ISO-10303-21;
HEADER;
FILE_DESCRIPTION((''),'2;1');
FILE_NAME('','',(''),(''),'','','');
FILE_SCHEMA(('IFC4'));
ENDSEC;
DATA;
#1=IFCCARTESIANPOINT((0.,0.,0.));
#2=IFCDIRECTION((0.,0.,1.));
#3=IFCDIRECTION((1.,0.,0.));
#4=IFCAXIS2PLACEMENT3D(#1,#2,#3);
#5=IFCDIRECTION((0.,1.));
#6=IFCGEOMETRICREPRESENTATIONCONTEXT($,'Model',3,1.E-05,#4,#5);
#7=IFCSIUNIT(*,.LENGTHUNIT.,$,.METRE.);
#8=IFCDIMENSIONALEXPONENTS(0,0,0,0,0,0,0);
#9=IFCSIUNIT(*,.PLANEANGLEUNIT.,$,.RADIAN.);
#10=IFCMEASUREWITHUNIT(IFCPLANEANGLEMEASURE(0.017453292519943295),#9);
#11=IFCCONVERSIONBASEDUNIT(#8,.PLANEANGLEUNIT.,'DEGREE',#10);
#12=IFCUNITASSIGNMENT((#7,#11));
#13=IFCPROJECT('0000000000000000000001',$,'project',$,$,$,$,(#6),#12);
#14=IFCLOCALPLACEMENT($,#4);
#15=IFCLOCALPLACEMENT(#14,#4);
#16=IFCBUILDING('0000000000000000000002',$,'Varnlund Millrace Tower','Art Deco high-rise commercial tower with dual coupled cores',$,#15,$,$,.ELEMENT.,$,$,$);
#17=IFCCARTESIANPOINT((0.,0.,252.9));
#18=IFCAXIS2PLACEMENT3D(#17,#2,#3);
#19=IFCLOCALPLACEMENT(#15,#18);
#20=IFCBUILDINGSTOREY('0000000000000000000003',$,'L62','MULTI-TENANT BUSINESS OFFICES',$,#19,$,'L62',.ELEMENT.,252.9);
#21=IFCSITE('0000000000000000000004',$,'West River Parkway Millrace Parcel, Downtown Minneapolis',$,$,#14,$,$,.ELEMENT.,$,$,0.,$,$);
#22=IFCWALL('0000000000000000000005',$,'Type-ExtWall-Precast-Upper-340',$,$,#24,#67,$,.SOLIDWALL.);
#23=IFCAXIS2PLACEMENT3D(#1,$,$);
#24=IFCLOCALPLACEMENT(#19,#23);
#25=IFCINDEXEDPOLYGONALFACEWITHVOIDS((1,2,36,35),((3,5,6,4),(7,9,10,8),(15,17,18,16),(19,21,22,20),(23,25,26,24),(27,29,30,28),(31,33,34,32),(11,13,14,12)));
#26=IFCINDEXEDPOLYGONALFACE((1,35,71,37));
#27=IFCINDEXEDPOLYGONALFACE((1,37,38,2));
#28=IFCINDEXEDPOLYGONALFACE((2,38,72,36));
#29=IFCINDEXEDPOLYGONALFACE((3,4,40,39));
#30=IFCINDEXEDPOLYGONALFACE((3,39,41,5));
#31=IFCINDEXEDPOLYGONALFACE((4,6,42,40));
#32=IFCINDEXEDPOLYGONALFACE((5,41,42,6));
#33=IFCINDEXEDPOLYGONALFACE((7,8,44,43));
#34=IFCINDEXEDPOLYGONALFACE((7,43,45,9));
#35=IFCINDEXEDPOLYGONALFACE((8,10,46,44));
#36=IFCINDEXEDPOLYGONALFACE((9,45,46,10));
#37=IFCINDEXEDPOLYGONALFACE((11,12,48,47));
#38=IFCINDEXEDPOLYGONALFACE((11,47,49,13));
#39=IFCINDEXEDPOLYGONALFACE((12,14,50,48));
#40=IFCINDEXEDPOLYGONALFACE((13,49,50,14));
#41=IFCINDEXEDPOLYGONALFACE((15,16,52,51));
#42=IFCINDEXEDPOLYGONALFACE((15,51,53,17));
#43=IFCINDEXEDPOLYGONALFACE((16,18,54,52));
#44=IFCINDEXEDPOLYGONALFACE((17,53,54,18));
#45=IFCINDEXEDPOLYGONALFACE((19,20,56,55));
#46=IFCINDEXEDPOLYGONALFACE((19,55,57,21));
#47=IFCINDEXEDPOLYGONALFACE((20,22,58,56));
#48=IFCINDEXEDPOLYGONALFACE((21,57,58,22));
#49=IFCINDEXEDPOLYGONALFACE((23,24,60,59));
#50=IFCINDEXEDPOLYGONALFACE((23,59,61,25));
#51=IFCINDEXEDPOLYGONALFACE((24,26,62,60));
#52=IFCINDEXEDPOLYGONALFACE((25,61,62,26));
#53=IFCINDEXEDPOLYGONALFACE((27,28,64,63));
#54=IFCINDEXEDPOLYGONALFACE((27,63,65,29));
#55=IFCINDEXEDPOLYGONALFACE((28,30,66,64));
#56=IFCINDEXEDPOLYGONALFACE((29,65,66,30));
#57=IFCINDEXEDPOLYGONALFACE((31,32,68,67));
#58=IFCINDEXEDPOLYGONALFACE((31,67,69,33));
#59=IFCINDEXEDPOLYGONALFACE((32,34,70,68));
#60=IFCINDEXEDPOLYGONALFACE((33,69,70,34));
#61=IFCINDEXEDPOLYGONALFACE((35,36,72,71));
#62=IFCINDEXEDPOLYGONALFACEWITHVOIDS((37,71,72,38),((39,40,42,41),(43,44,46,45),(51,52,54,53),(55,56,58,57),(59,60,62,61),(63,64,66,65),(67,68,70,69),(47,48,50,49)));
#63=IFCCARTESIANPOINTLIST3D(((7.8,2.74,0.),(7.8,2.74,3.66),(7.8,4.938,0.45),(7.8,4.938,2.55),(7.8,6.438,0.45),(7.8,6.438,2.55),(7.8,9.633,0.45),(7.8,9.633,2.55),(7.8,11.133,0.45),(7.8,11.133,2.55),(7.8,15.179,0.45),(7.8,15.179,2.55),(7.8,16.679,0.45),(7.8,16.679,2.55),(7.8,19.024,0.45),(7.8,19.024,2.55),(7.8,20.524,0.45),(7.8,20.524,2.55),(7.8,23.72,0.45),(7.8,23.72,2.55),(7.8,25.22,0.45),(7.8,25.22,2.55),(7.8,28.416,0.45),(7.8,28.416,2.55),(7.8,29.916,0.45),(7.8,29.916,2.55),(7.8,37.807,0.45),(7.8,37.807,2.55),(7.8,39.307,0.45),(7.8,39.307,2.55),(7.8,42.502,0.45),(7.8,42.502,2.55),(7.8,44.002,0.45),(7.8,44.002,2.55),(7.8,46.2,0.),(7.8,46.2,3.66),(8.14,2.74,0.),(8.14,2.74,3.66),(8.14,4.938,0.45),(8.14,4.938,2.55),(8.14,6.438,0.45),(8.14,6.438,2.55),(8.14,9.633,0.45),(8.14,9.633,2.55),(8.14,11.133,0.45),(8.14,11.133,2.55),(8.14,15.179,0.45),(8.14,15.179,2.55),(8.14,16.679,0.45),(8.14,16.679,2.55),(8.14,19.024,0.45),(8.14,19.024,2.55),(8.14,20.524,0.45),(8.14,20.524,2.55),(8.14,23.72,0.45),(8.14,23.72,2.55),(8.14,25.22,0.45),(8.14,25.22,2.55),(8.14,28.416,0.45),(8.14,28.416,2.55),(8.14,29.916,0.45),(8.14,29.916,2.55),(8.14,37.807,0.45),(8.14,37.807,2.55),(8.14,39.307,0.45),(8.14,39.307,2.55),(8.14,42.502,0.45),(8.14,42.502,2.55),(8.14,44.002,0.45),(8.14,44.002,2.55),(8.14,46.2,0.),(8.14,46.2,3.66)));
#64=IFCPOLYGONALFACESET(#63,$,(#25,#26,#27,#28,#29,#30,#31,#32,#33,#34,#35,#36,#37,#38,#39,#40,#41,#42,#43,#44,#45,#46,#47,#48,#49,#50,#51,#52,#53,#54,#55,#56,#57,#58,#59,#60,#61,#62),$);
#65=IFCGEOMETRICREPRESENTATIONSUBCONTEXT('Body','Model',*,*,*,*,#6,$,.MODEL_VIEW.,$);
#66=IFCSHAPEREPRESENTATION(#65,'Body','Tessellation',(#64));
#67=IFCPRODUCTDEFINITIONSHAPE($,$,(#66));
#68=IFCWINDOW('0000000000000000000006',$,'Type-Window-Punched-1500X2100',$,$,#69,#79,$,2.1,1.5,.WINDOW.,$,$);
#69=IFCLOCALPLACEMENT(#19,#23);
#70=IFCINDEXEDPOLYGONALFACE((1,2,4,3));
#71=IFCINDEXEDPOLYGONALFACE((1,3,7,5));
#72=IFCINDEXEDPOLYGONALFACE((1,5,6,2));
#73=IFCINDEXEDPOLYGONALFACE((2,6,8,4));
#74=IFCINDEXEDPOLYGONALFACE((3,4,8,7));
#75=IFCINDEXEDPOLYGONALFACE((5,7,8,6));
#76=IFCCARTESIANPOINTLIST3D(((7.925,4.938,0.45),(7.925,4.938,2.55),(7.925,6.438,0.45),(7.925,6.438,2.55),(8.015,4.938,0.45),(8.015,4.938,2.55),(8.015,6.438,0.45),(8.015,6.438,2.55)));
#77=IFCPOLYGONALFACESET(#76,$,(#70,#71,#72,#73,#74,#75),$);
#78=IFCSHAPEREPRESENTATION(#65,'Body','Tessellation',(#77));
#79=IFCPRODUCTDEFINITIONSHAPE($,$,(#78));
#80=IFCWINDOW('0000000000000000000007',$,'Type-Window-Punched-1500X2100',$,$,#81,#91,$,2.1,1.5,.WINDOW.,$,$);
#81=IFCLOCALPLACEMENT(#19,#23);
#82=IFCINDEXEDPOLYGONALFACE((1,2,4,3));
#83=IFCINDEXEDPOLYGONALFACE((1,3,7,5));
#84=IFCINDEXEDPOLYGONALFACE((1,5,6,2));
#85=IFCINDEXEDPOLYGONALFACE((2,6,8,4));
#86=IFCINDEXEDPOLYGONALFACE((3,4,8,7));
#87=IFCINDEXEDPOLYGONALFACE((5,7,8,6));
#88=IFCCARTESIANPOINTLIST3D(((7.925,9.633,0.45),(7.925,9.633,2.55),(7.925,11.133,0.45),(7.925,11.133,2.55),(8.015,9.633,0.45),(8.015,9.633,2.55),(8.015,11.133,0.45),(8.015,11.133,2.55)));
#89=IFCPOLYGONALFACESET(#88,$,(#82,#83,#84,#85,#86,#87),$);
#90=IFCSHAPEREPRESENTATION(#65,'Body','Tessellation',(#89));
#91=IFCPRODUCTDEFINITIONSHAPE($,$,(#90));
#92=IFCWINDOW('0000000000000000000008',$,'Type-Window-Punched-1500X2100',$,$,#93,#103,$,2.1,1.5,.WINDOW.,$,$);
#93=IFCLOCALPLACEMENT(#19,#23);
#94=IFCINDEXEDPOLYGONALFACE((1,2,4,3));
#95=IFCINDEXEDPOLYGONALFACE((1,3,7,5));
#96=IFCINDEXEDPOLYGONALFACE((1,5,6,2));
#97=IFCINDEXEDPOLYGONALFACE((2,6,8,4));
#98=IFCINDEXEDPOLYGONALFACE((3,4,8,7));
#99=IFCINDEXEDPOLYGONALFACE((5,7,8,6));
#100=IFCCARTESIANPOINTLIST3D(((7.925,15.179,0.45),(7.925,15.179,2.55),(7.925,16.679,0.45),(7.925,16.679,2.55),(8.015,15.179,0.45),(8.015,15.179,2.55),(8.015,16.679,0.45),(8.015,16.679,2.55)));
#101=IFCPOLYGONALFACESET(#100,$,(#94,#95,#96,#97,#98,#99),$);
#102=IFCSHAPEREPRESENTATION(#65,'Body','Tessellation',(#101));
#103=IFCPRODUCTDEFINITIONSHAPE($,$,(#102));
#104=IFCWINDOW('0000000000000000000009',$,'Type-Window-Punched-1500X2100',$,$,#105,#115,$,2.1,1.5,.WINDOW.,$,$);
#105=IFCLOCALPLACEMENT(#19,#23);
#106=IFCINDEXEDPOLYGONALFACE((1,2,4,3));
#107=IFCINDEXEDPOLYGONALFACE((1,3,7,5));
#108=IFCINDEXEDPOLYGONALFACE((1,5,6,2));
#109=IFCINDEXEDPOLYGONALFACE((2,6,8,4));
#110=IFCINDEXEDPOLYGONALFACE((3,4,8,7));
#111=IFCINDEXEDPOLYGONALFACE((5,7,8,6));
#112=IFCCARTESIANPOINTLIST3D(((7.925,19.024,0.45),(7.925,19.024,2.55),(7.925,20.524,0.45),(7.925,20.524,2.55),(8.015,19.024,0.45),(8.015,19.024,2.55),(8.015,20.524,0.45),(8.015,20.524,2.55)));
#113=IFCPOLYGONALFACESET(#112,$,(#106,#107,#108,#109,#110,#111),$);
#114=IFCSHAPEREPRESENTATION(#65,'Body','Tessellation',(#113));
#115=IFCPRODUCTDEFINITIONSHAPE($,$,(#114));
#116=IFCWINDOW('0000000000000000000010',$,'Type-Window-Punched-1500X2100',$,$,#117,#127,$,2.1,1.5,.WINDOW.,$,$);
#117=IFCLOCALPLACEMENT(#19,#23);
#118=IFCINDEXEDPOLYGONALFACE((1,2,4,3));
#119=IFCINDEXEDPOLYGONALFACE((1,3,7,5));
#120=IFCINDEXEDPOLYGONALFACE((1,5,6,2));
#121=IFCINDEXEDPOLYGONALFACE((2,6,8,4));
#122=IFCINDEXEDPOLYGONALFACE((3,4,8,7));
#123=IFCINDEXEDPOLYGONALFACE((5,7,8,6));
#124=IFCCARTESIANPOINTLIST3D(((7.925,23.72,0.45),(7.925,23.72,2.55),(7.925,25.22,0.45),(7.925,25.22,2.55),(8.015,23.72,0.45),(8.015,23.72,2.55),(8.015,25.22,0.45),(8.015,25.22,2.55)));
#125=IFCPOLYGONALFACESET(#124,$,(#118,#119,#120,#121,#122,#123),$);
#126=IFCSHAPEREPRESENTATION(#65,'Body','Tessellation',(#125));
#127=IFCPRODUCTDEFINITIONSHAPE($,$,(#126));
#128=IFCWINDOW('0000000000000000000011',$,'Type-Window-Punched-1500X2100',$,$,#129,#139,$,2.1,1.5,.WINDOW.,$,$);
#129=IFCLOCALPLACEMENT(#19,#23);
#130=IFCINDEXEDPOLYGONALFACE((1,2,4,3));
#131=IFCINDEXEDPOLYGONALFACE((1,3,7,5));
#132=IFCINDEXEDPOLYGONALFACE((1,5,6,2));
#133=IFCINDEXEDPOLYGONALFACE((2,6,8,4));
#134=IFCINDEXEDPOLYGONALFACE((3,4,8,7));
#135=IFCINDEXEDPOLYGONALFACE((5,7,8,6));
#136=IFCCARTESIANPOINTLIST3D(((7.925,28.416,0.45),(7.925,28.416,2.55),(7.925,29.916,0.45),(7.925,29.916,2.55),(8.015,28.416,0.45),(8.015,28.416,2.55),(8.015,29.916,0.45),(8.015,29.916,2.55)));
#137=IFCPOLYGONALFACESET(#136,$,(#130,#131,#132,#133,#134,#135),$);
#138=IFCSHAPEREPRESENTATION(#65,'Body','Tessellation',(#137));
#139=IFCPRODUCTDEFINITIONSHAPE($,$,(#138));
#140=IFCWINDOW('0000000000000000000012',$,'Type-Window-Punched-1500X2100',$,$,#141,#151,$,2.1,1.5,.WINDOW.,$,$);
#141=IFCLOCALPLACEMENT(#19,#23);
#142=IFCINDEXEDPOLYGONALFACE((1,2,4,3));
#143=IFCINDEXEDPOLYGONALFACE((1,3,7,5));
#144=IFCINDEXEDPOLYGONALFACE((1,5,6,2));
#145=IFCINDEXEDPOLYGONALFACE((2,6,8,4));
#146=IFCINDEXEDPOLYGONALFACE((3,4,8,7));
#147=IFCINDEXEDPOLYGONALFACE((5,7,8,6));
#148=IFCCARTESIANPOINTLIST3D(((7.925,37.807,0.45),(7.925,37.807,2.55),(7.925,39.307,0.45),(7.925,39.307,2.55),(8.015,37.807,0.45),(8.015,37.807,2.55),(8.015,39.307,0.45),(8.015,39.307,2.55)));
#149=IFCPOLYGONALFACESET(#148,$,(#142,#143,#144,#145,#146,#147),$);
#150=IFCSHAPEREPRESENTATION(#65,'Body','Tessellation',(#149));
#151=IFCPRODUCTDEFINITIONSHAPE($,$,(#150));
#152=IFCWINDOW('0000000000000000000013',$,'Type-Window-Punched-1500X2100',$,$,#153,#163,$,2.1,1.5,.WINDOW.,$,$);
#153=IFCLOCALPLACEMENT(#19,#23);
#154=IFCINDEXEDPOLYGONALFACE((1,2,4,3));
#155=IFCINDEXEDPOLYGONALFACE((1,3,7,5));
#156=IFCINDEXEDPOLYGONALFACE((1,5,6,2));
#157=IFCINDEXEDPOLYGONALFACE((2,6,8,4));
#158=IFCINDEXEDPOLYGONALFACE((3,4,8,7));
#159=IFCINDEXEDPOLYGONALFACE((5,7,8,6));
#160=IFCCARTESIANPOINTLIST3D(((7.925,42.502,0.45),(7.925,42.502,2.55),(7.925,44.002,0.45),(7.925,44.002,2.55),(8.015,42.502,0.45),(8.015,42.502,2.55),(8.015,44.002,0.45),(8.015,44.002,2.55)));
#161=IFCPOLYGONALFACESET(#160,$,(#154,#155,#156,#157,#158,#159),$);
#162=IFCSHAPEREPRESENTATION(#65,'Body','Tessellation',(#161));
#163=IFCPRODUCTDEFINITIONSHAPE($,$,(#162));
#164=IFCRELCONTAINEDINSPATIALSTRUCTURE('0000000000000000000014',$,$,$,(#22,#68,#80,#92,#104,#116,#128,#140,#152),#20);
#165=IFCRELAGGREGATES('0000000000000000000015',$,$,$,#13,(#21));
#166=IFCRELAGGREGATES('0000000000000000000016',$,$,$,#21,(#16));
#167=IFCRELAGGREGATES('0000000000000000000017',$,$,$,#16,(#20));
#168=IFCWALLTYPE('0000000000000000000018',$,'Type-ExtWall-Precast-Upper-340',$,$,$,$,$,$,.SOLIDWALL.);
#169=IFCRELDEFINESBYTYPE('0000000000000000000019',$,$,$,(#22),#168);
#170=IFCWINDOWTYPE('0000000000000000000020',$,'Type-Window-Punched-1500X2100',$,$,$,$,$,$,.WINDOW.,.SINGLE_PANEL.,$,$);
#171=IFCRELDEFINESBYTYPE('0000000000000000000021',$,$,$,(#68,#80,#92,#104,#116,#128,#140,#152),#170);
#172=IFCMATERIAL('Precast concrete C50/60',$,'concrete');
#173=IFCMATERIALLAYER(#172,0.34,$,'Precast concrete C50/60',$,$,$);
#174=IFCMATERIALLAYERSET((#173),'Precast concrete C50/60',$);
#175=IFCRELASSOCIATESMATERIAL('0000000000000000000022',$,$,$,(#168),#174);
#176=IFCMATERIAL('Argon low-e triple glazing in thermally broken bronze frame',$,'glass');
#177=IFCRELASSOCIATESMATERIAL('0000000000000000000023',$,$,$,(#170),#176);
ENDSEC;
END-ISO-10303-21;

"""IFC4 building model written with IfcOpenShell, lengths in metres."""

from ifc_helpers import new_model, entity, si_unit, converted_unit, direction, frame, origin_with_axes, origin_2d_with_axis, place, context, subcontext, project, spatial, polyline, rectangle, outline, extrude, material, layer, layer_set, type_object, element, fill, save


model = new_model("IFC4")

# Units and contexts
model_context = context("Model", 3, precision=1e-05, world=origin_with_axes(), true_north=direction((0.0, 1.0)))
body_context = subcontext(model_context, "Body", "Model", "MODEL_VIEW")
ifc_project = project(units=[si_unit("LENGTHUNIT", "METRE"), converted_unit("PLANEANGLEUNIT", "DEGREE", entity("IfcPlaneAngleMeasure", 0.017453292519943295), si_unit("PLANEANGLEUNIT", "RADIAN"), dimensions=[0, 0, 0, 0, 0, 0, 0])], contexts=[model_context])

# Site, building, storey
site_placement = place(None, origin_with_axes())
site = spatial("IfcSite", under=ifc_project, at=site_placement, Name="West River Parkway Millrace Parcel, Downtown Minneapolis", CompositionType="ELEMENT", RefElevation=0.0)
building_placement = place(site_placement, origin_with_axes())
building = spatial("IfcBuilding", under=site, at=building_placement, Name="Varnlund Millrace Tower", Description="Art Deco high-rise commercial tower with dual coupled cores", CompositionType="ELEMENT")
storey_placement = place(building_placement, frame((0.0, 0.0, 252.9), z_axis=(0.0, 0.0, 1.0), x_axis=(1.0, 0.0, 0.0)))
storey = spatial("IfcBuildingStorey", under=building, at=storey_placement, Name="L62", Description="MULTI-TENANT BUSINESS OFFICES", LongName="L62", CompositionType="ELEMENT", Elevation=252.9)

# Shared definitions
ifc_material_1 = material(Name="Precast concrete C50/60", Category="concrete")
ifc_layer_1 = layer(ifc_material_1, 0.34, Name="Precast concrete C50/60")
ifc_layer_set_1 = layer_set([ifc_layer_1], Name="Precast concrete C50/60")
wall_type_1 = type_object("IfcWallType", Name="Type-ExtWall-Precast-Upper-340", PredefinedType="SOLIDWALL", material=ifc_layer_set_1)

# Wall, openings, windows
wall_1_placement = place(storey_placement, frame((7.97, 2.74, 0.0), z_axis=(0.0, 0.0, 1.0), x_axis=(0.0, 1.0, 0.0)))
wall_1 = element("IfcWall", 1, at=wall_1_placement, inside=storey, type_object=wall_type_1, Name="Type-ExtWall-Precast-Upper-340", PredefinedType="SOLIDWALL", context=body_context, shape_type="SweptSolid", body=[
    extrude(outline(polyline([(0.0, -0.17), (43.46, -0.17), (43.46, 0.17), (0.0, 0.17), (0.0, -0.17)])), origin_with_axes(), (0.0, 0.0, 1.0), 3.66),
])
opening_1_placement = place(wall_1_placement, frame((2.948, 0.0, 0.45), z_axis=(0.0, 0.0, 1.0), x_axis=(1.0, 0.0, 0.0)))
opening_1 = element("IfcOpeningElement", 2, at=opening_1_placement, cuts=wall_1, PredefinedType="OPENING", context=body_context, shape_type="SweptSolid", body=[
    extrude(rectangle(XDim=1.5, YDim=0.36, at=origin_2d_with_axis()), origin_with_axes(), (0.0, 0.0, 1.0), 2.1),
])
opening_2_placement = place(wall_1_placement, frame((7.643, 0.0, 0.45), z_axis=(0.0, 0.0, 1.0), x_axis=(1.0, 0.0, 0.0)))
opening_2 = element("IfcOpeningElement", 3, at=opening_2_placement, cuts=wall_1, PredefinedType="OPENING", context=body_context, shape_type="SweptSolid", body=[
    extrude(rectangle(XDim=1.5, YDim=0.36, at=origin_2d_with_axis()), origin_with_axes(), (0.0, 0.0, 1.0), 2.1),
])
opening_3_placement = place(wall_1_placement, frame((13.189, 0.0, 0.45), z_axis=(0.0, 0.0, 1.0), x_axis=(1.0, 0.0, 0.0)))
opening_3 = element("IfcOpeningElement", 4, at=opening_3_placement, cuts=wall_1, PredefinedType="OPENING", context=body_context, shape_type="SweptSolid", body=[
    extrude(rectangle(XDim=1.5, YDim=0.36, at=origin_2d_with_axis()), origin_with_axes(), (0.0, 0.0, 1.0), 2.1),
])
opening_4_placement = place(wall_1_placement, frame((17.034, 0.0, 0.45), z_axis=(0.0, 0.0, 1.0), x_axis=(1.0, 0.0, 0.0)))
opening_4 = element("IfcOpeningElement", 5, at=opening_4_placement, cuts=wall_1, PredefinedType="OPENING", context=body_context, shape_type="SweptSolid", body=[
    extrude(rectangle(XDim=1.5, YDim=0.36, at=origin_2d_with_axis()), origin_with_axes(), (0.0, 0.0, 1.0), 2.1),
])
opening_5_placement = place(wall_1_placement, frame((21.73, 0.0, 0.45), z_axis=(0.0, 0.0, 1.0), x_axis=(1.0, 0.0, 0.0)))
opening_5 = element("IfcOpeningElement", 6, at=opening_5_placement, cuts=wall_1, PredefinedType="OPENING", context=body_context, shape_type="SweptSolid", body=[
    extrude(rectangle(XDim=1.5, YDim=0.36, at=origin_2d_with_axis()), origin_with_axes(), (0.0, 0.0, 1.0), 2.1),
])
opening_6_placement = place(wall_1_placement, frame((26.426, 0.0, 0.45), z_axis=(0.0, 0.0, 1.0), x_axis=(1.0, 0.0, 0.0)))
opening_6 = element("IfcOpeningElement", 7, at=opening_6_placement, cuts=wall_1, PredefinedType="OPENING", context=body_context, shape_type="SweptSolid", body=[
    extrude(rectangle(XDim=1.5, YDim=0.36, at=origin_2d_with_axis()), origin_with_axes(), (0.0, 0.0, 1.0), 2.1),
])
opening_7_placement = place(wall_1_placement, frame((35.817, 0.0, 0.45), z_axis=(0.0, 0.0, 1.0), x_axis=(1.0, 0.0, 0.0)))
opening_7 = element("IfcOpeningElement", 8, at=opening_7_placement, cuts=wall_1, PredefinedType="OPENING", context=body_context, shape_type="SweptSolid", body=[
    extrude(rectangle(XDim=1.5, YDim=0.36, at=origin_2d_with_axis()), origin_with_axes(), (0.0, 0.0, 1.0), 2.1),
])
opening_8_placement = place(wall_1_placement, frame((40.512, 0.0, 0.45), z_axis=(0.0, 0.0, 1.0), x_axis=(1.0, 0.0, 0.0)))
opening_8 = element("IfcOpeningElement", 9, at=opening_8_placement, cuts=wall_1, PredefinedType="OPENING", context=body_context, shape_type="SweptSolid", body=[
    extrude(rectangle(XDim=1.5, YDim=0.36, at=origin_2d_with_axis()), origin_with_axes(), (0.0, 0.0, 1.0), 2.1),
])
ifc_material_2 = material(Name="Argon low-e triple glazing in thermally broken bronze frame", Category="glass")
window_type = type_object("IfcWindowType", Name="Type-Window-Punched-1500X2100", PartitioningType="SINGLE_PANEL", PredefinedType="WINDOW", material=ifc_material_2)
window_1_placement = place(wall_1_placement, frame((2.948, 0.0, 0.45), z_axis=(0.0, 0.0, 1.0), x_axis=(1.0, 0.0, 0.0)))
window_1 = element("IfcWindow", 10, at=window_1_placement, inside=storey, type_object=window_type, Name="Type-Window-Punched-1500X2100", OverallHeight=2.1, OverallWidth=1.5, PredefinedType="WINDOW", context=body_context, shape_type="SweptSolid", body=[
    extrude(rectangle(XDim=1.5, YDim=0.09, at=origin_2d_with_axis()), origin_with_axes(), (0.0, 0.0, 1.0), 2.1),
])
fill(opening_1, window_1)
window_2_placement = place(wall_1_placement, frame((7.643, 0.0, 0.45), z_axis=(0.0, 0.0, 1.0), x_axis=(1.0, 0.0, 0.0)))
window_2 = element("IfcWindow", 11, at=window_2_placement, inside=storey, type_object=window_type, Name="Type-Window-Punched-1500X2100", OverallHeight=2.1, OverallWidth=1.5, PredefinedType="WINDOW", context=body_context, shape_type="SweptSolid", body=[
    extrude(rectangle(XDim=1.5, YDim=0.09, at=origin_2d_with_axis()), origin_with_axes(), (0.0, 0.0, 1.0), 2.1),
])
fill(opening_2, window_2)
window_3_placement = place(wall_1_placement, frame((13.189, 0.0, 0.45), z_axis=(0.0, 0.0, 1.0), x_axis=(1.0, 0.0, 0.0)))
window_3 = element("IfcWindow", 12, at=window_3_placement, inside=storey, type_object=window_type, Name="Type-Window-Punched-1500X2100", OverallHeight=2.1, OverallWidth=1.5, PredefinedType="WINDOW", context=body_context, shape_type="SweptSolid", body=[
    extrude(rectangle(XDim=1.5, YDim=0.09, at=origin_2d_with_axis()), origin_with_axes(), (0.0, 0.0, 1.0), 2.1),
])
fill(opening_3, window_3)
window_4_placement = place(wall_1_placement, frame((17.034, 0.0, 0.45), z_axis=(0.0, 0.0, 1.0), x_axis=(1.0, 0.0, 0.0)))
window_4 = element("IfcWindow", 13, at=window_4_placement, inside=storey, type_object=window_type, Name="Type-Window-Punched-1500X2100", OverallHeight=2.1, OverallWidth=1.5, PredefinedType="WINDOW", context=body_context, shape_type="SweptSolid", body=[
    extrude(rectangle(XDim=1.5, YDim=0.09, at=origin_2d_with_axis()), origin_with_axes(), (0.0, 0.0, 1.0), 2.1),
])
fill(opening_4, window_4)
window_5_placement = place(wall_1_placement, frame((21.73, 0.0, 0.45), z_axis=(0.0, 0.0, 1.0), x_axis=(1.0, 0.0, 0.0)))
window_5 = element("IfcWindow", 14, at=window_5_placement, inside=storey, type_object=window_type, Name="Type-Window-Punched-1500X2100", OverallHeight=2.1, OverallWidth=1.5, PredefinedType="WINDOW", context=body_context, shape_type="SweptSolid", body=[
    extrude(rectangle(XDim=1.5, YDim=0.09, at=origin_2d_with_axis()), origin_with_axes(), (0.0, 0.0, 1.0), 2.1),
])
fill(opening_5, window_5)
window_6_placement = place(wall_1_placement, frame((26.426, 0.0, 0.45), z_axis=(0.0, 0.0, 1.0), x_axis=(1.0, 0.0, 0.0)))
window_6 = element("IfcWindow", 15, at=window_6_placement, inside=storey, type_object=window_type, Name="Type-Window-Punched-1500X2100", OverallHeight=2.1, OverallWidth=1.5, PredefinedType="WINDOW", context=body_context, shape_type="SweptSolid", body=[
    extrude(rectangle(XDim=1.5, YDim=0.09, at=origin_2d_with_axis()), origin_with_axes(), (0.0, 0.0, 1.0), 2.1),
])
fill(opening_6, window_6)
window_7_placement = place(wall_1_placement, frame((35.817, 0.0, 0.45), z_axis=(0.0, 0.0, 1.0), x_axis=(1.0, 0.0, 0.0)))
window_7 = element("IfcWindow", 16, at=window_7_placement, inside=storey, type_object=window_type, Name="Type-Window-Punched-1500X2100", OverallHeight=2.1, OverallWidth=1.5, PredefinedType="WINDOW", context=body_context, shape_type="SweptSolid", body=[
    extrude(rectangle(XDim=1.5, YDim=0.09, at=origin_2d_with_axis()), origin_with_axes(), (0.0, 0.0, 1.0), 2.1),
])
fill(opening_7, window_7)
window_8_placement = place(wall_1_placement, frame((40.512, 0.0, 0.45), z_axis=(0.0, 0.0, 1.0), x_axis=(1.0, 0.0, 0.0)))
window_8 = element("IfcWindow", 17, at=window_8_placement, inside=storey, type_object=window_type, Name="Type-Window-Punched-1500X2100", OverallHeight=2.1, OverallWidth=1.5, PredefinedType="WINDOW", context=body_context, shape_type="SweptSolid", body=[
    extrude(rectangle(XDim=1.5, YDim=0.09, at=origin_2d_with_axis()), origin_with_axes(), (0.0, 0.0, 1.0), 2.1),
])
fill(opening_8, window_8)

save(model, "model.ifc")
